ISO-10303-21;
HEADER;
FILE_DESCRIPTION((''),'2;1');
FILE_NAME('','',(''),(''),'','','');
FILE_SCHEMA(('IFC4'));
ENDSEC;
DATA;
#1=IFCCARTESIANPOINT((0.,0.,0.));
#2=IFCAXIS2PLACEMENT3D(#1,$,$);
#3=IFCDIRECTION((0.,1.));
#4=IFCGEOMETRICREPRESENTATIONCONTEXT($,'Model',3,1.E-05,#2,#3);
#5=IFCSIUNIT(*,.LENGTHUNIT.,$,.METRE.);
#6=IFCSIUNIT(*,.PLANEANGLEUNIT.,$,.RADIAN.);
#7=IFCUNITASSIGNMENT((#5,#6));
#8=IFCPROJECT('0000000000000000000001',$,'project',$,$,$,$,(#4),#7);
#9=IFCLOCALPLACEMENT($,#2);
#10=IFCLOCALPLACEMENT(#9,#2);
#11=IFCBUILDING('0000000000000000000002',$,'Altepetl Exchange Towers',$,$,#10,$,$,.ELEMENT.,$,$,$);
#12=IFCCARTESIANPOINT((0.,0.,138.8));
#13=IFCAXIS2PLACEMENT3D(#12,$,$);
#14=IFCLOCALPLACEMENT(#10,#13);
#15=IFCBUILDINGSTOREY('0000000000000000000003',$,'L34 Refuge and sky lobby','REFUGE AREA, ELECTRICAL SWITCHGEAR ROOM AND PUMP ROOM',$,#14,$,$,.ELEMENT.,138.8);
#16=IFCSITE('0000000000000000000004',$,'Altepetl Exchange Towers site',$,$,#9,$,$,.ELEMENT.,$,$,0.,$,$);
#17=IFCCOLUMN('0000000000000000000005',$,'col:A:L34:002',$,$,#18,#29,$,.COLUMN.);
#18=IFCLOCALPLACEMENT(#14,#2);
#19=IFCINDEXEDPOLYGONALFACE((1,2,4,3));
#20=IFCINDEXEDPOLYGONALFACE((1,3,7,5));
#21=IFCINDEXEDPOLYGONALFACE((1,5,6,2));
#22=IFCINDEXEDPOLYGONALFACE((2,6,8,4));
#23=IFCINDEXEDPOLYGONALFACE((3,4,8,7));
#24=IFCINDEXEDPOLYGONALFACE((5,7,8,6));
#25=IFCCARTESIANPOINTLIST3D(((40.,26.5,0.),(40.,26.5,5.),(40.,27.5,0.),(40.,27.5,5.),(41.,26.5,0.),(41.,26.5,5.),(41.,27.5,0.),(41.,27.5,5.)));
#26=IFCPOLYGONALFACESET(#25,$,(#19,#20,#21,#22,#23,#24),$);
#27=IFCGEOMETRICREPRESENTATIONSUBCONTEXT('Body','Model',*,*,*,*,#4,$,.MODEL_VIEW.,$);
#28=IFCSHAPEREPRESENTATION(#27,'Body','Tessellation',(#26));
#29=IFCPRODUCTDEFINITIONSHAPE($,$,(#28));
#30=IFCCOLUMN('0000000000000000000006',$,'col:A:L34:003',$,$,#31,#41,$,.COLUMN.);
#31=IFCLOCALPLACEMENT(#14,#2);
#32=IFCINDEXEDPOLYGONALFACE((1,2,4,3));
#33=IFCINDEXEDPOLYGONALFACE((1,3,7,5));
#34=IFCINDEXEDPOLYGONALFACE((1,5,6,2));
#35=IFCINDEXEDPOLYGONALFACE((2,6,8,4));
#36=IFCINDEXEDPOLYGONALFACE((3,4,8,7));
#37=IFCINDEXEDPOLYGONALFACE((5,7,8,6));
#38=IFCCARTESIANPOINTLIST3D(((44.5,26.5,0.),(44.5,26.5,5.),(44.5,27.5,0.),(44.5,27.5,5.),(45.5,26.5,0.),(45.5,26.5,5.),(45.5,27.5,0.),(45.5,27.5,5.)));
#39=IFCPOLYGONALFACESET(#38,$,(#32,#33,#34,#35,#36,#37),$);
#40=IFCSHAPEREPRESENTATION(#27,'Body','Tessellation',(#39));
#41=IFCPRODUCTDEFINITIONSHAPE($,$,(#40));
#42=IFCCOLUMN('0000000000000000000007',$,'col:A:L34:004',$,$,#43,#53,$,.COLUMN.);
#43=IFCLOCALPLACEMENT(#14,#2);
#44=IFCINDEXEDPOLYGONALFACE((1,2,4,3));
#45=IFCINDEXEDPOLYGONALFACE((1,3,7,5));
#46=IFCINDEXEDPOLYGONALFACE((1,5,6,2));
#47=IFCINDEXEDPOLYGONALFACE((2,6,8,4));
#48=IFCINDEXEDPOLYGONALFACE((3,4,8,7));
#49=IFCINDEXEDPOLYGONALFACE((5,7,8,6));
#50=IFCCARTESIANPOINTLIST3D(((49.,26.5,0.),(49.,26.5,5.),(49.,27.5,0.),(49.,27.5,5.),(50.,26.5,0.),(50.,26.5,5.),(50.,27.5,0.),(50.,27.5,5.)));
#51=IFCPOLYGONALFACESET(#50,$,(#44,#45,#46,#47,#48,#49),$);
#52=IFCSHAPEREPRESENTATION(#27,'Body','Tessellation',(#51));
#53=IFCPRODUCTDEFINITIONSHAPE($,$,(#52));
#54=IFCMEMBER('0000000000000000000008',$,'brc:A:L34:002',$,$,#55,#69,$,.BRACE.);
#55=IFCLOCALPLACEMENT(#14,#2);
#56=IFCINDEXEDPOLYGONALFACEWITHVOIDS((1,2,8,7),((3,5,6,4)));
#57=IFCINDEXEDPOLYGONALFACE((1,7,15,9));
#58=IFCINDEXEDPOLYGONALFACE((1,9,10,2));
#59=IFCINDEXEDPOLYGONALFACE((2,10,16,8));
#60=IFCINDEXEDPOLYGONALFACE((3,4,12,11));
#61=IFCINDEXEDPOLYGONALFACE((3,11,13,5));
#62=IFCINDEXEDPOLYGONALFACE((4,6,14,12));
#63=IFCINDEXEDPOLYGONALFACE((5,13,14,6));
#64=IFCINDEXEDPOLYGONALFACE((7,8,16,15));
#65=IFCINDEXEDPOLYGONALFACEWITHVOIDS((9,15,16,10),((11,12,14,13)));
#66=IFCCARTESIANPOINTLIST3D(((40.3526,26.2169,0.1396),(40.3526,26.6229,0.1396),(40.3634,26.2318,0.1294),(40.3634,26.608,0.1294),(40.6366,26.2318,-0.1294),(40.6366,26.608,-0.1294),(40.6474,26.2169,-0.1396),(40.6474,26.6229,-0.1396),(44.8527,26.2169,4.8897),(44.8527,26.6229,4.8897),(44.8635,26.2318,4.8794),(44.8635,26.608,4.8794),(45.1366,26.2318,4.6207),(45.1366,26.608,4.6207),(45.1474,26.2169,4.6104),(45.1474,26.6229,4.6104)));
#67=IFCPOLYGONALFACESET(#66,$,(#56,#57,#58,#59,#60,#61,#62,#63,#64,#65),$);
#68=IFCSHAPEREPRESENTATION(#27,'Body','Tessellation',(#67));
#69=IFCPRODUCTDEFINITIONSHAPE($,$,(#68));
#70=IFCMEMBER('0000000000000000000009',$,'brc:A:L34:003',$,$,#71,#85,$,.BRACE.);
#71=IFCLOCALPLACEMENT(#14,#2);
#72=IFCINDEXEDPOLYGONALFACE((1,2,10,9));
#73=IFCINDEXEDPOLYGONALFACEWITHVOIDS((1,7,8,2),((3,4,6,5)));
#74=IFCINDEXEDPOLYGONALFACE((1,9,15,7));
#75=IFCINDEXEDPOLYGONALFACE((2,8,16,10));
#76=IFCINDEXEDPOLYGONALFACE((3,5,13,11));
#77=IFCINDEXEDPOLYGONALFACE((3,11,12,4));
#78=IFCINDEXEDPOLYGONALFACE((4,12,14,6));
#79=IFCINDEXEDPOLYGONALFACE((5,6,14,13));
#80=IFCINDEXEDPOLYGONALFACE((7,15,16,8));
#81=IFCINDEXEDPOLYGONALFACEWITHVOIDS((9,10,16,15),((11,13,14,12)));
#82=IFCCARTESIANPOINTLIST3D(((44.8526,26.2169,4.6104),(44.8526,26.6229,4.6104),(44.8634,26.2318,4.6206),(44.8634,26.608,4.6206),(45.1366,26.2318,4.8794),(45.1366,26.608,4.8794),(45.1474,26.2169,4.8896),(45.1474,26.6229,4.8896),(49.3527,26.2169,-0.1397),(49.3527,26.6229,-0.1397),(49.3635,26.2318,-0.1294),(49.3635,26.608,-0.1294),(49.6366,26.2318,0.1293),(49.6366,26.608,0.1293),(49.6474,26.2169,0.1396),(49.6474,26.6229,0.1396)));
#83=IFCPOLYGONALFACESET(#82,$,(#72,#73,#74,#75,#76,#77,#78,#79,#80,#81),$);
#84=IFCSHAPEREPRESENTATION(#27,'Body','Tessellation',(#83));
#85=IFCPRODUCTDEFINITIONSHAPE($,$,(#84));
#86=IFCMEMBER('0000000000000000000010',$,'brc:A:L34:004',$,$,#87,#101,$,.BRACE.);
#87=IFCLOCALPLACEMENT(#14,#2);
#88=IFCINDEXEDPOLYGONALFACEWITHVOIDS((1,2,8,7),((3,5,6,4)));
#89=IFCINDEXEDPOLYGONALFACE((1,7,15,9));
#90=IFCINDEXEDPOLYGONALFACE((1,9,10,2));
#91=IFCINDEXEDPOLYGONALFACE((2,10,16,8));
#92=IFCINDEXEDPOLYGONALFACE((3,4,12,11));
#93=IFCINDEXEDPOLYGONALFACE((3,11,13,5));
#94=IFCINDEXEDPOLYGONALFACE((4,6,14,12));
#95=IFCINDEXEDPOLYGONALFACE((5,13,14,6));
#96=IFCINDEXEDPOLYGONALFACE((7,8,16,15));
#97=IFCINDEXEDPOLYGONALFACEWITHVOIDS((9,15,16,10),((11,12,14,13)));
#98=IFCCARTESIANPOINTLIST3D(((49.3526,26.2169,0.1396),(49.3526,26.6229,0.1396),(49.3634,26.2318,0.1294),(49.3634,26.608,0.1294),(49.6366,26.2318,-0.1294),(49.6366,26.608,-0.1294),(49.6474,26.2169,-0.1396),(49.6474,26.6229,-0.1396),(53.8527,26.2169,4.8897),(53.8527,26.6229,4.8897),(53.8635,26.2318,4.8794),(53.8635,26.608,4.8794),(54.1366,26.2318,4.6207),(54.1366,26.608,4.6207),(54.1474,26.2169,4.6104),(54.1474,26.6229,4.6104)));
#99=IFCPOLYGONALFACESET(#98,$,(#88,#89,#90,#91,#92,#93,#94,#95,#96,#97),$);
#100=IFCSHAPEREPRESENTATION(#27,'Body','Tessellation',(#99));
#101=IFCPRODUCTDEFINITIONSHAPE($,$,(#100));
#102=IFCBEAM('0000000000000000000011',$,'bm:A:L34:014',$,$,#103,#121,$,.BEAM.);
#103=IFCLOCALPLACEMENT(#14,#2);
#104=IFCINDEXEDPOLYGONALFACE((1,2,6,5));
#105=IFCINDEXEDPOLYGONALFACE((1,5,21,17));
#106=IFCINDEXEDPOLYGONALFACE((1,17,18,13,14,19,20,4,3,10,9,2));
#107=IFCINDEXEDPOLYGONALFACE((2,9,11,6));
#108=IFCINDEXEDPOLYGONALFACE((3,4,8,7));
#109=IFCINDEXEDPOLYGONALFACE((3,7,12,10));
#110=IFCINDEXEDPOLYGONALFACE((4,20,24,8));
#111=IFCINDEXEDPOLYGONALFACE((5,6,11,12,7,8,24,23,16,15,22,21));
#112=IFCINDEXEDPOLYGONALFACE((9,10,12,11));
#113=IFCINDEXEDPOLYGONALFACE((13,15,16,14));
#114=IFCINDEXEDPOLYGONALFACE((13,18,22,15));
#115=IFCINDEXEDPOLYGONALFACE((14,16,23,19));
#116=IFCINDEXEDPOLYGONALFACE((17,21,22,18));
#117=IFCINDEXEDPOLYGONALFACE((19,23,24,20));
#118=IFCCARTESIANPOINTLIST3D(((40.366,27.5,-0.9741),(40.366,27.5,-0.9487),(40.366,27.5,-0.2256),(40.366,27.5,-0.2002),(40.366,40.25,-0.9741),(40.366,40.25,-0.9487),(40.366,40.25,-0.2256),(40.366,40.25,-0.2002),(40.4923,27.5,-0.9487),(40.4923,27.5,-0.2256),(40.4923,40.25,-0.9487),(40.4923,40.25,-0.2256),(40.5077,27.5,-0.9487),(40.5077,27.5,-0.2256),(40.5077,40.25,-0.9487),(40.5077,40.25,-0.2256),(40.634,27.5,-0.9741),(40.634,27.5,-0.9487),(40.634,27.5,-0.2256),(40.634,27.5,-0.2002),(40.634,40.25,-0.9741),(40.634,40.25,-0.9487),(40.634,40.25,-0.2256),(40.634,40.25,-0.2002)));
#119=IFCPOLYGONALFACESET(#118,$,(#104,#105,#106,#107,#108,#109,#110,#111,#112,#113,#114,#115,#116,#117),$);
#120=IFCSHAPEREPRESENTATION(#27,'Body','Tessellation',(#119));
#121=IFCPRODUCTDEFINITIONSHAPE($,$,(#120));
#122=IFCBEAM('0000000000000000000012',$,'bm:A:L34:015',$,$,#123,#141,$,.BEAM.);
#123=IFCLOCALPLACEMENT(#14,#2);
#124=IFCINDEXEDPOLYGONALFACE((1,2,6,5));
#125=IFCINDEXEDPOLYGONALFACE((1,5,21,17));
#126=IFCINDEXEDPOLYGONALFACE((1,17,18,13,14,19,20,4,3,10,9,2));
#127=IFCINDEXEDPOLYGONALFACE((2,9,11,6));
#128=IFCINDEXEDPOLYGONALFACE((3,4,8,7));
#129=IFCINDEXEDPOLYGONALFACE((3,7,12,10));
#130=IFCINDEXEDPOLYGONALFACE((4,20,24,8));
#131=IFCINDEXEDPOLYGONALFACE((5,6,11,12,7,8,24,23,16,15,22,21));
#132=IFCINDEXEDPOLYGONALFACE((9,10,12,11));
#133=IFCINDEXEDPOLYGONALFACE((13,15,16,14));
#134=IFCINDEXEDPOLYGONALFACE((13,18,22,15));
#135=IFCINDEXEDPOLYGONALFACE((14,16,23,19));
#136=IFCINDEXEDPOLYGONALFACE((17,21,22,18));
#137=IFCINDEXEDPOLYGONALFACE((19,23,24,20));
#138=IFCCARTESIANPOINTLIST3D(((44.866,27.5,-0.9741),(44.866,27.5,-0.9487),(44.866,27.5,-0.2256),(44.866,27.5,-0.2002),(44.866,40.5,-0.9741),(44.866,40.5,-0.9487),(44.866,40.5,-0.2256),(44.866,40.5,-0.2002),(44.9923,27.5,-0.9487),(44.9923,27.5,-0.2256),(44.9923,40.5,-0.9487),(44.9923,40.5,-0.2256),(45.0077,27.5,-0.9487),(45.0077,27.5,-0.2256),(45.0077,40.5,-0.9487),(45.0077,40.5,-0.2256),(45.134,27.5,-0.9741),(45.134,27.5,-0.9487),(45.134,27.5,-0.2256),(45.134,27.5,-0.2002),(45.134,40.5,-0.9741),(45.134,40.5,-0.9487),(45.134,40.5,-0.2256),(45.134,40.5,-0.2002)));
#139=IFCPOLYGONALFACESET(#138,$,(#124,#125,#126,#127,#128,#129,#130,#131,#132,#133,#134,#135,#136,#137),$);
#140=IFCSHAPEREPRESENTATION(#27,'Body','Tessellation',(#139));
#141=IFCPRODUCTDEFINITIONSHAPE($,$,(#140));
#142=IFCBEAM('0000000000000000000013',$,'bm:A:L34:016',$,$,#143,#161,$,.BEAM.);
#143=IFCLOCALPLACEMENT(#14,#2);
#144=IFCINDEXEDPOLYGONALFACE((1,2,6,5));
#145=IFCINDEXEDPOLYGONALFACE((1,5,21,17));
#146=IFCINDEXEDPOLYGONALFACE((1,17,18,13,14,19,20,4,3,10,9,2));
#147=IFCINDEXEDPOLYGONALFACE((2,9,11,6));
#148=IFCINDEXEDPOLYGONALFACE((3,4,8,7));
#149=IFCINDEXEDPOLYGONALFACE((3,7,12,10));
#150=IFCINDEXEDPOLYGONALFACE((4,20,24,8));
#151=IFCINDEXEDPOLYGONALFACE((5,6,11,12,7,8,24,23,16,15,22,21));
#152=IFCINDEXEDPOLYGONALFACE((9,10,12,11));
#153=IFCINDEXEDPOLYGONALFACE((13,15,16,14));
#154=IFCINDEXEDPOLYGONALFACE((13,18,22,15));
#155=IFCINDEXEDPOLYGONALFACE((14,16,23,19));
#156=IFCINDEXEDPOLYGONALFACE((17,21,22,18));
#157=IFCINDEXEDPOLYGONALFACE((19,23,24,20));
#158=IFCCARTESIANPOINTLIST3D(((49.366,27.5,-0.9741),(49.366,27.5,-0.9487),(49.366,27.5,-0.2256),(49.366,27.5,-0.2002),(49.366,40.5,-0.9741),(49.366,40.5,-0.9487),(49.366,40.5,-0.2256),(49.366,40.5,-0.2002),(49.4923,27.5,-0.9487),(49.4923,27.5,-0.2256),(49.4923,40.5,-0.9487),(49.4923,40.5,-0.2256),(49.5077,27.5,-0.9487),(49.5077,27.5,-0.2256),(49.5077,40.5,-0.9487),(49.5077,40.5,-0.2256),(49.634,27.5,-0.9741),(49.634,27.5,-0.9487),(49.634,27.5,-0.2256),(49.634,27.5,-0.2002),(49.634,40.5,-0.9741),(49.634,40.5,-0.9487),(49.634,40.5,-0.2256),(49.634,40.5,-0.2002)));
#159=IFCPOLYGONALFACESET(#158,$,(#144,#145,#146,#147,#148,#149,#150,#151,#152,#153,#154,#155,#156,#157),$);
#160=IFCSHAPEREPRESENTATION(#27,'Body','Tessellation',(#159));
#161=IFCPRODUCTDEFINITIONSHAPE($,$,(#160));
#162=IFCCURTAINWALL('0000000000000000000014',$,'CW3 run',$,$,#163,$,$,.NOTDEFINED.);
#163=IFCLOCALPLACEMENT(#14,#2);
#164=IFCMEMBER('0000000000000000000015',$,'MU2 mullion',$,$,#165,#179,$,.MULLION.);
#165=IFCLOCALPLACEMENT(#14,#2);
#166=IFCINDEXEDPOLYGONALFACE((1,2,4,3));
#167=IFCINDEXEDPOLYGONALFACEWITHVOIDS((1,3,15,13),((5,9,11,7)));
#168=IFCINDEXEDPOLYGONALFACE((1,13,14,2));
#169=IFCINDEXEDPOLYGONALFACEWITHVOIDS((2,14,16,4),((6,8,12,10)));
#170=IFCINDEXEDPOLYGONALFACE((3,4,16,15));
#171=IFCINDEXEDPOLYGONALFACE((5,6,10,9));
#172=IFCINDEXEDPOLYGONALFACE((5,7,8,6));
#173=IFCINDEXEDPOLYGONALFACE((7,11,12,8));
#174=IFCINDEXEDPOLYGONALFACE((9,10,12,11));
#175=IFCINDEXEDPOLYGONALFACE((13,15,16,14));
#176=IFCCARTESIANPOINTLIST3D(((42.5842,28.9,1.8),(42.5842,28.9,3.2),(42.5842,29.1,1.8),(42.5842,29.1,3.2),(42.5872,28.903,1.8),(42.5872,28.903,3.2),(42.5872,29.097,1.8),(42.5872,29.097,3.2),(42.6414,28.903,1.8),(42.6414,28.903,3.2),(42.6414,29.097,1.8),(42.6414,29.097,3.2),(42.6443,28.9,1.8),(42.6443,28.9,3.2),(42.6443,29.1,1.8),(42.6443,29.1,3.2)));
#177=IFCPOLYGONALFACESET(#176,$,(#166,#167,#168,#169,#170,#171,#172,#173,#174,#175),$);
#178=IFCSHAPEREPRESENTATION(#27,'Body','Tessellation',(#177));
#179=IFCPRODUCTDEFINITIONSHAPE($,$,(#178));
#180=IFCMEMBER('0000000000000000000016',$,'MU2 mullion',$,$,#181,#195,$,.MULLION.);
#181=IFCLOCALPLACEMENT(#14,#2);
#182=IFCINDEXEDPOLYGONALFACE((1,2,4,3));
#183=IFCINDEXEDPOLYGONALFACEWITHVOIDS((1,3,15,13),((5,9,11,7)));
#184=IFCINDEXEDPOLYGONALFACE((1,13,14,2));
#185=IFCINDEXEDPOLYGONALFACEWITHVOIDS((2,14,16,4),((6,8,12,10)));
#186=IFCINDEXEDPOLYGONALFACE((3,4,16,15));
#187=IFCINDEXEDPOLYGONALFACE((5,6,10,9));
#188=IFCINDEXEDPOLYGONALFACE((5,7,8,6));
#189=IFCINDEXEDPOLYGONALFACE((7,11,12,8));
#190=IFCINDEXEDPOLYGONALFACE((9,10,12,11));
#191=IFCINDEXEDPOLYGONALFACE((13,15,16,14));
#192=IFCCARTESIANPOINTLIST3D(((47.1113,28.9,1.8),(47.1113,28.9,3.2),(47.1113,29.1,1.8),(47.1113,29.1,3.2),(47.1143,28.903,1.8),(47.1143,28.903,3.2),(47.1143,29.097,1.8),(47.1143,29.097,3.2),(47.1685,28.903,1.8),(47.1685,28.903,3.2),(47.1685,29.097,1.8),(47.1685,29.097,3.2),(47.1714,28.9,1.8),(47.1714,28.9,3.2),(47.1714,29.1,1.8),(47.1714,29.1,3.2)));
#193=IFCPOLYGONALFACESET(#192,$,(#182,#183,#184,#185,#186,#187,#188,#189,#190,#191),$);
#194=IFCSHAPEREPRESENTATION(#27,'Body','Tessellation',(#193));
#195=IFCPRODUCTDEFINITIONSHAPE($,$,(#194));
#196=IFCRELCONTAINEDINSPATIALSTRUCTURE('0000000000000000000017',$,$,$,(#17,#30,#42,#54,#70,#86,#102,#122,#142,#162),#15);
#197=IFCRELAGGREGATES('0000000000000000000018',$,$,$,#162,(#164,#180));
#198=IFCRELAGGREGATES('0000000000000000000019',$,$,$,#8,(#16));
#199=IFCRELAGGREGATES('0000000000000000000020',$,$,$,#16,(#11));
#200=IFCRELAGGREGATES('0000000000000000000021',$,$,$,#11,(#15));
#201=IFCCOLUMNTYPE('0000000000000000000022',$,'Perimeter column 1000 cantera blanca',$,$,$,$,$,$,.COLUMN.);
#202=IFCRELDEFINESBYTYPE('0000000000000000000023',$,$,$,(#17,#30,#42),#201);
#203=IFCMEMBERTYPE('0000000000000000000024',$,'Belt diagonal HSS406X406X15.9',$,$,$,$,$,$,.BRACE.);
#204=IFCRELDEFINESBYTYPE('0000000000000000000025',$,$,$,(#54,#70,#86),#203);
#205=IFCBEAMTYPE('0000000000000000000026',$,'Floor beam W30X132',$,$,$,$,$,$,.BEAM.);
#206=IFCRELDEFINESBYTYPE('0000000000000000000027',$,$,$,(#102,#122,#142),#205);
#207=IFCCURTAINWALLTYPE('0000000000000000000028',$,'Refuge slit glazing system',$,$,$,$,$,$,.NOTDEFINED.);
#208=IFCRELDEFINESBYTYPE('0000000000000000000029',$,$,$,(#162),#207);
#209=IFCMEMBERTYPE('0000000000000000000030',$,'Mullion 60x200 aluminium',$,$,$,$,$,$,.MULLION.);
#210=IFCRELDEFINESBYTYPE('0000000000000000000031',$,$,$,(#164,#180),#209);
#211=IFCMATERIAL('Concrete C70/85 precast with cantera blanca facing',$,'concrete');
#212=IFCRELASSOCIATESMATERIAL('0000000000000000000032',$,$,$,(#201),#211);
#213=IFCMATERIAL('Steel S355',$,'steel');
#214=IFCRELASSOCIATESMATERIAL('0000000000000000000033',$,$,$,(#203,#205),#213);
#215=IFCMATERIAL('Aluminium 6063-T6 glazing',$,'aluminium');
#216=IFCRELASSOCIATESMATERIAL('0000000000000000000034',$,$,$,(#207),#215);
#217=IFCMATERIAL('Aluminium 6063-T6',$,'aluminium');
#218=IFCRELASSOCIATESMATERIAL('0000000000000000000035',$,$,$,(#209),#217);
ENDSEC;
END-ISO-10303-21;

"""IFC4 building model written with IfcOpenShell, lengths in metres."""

from ifc_helpers import new_model, si_unit, direction, frame, origin, origin_2d, place, context, subcontext, project, spatial, rectangle, hollow_rectangle, i_section, extrude, material, material_profile, profile_set, type_object, element, aggregate, save


model = new_model("IFC4")

# Units and contexts
model_context = context("Model", 3, precision=1e-05, world=origin(), true_north=direction((0.0, 1.0)))
body_context = subcontext(model_context, "Body", "Model", "MODEL_VIEW")
ifc_project = project(units=[si_unit("LENGTHUNIT", "METRE"), si_unit("PLANEANGLEUNIT", "RADIAN")], contexts=[model_context])

# Site, building, storey
site_placement = place(None, origin())
site = spatial("IfcSite", under=ifc_project, at=site_placement, Name="Altepetl Exchange Towers site", CompositionType="ELEMENT", RefElevation=0.0)
building_placement = place(site_placement, origin())
building = spatial("IfcBuilding", under=site, at=building_placement, Name="Altepetl Exchange Towers", CompositionType="ELEMENT")
storey_placement = place(building_placement, frame((0.0, 0.0, 138.8)))
storey = spatial("IfcBuildingStorey", under=building, at=storey_placement, Name="L34 Refuge and sky lobby", Description="REFUGE AREA, ELECTRICAL SWITCHGEAR ROOM AND PUMP ROOM", CompositionType="ELEMENT", Elevation=138.8)

# Columns
ifc_material_1 = material(Name="Concrete C70/85 precast with cantera blanca facing", Category="concrete")
ifc_material_profile_1 = material_profile(ifc_material_1, rectangle(XDim=1.0, YDim=1.0, at=origin_2d()), Name="1000 x 1000")
ifc_profile_set_1 = profile_set([ifc_material_profile_1], Name="Concrete C70/85 precast with cantera blanca facing")
column_type = type_object("IfcColumnType", Name="Perimeter column 1000 cantera blanca", PredefinedType="COLUMN", material=ifc_profile_set_1)
for number, where, name in (
    (1, (40.5, 27.0, 0.0), "col:A:L34:002"),
    (2, (45.0, 27.0, 0.0), "col:A:L34:003"),
    (3, (49.5, 27.0, 0.0), "col:A:L34:004"),
):
    element("IfcColumn", number, at=place(storey_placement, frame(where)), inside=storey, type_object=column_type, Name=name, PredefinedType="COLUMN", context=body_context, shape_type="SweptSolid", body=[
        extrude(rectangle(XDim=1.0, YDim=1.0, at=origin_2d()), origin(), (0.0, 0.0, 1.0), 5.0),
    ])

# Members
ifc_material_2 = material(Name="Steel S355", Category="steel")
ifc_material_profile_2 = material_profile(ifc_material_2, hollow_rectangle(XDim=0.406, YDim=0.406, WallThickness=0.0149, at=origin_2d()), Name="HSS406X406X15.9")
ifc_profile_set_2 = profile_set([ifc_material_profile_2], Name="Steel S355")
member_type_1 = type_object("IfcMemberType", Name="Belt diagonal HSS406X406X15.9", PredefinedType="BRACE", material=ifc_profile_set_2)
for number, where, z_axis, x_axis, name in (
    (4, (40.5, 26.4199, 0.0), (0.687745, 0.0, 0.725953), (0.0, 1.0, 0.0), "brc:A:L34:002"),
    (5, (45.0, 26.4199, 4.75), (0.687745, 0.0, -0.725953), (0.0, 1.0, 0.0), "brc:A:L34:003"),
    (6, (49.5, 26.4199, 0.0), (0.687745, 0.0, 0.725953), (0.0, 1.0, 0.0), "brc:A:L34:004"),
):
    element("IfcMember", number, at=place(storey_placement, frame(where, z_axis=z_axis, x_axis=x_axis)), inside=storey, type_object=member_type_1, Name=name, PredefinedType="BRACE", context=body_context, shape_type="SweptSolid", body=[
        extrude(hollow_rectangle(XDim=0.406, YDim=0.406, WallThickness=0.0149, at=origin_2d()), origin(), (0.0, 0.0, 1.0), 6.5432),
    ])

# Beams
ifc_material_profile_3 = material_profile(ifc_material_2, i_section(OverallWidth=0.2681, OverallDepth=0.7739, WebThickness=0.0154, FlangeThickness=0.0254, at=origin_2d()), Name="W30X132")
ifc_profile_set_3 = profile_set([ifc_material_profile_3], Name="Steel S355")
beam_type_1 = type_object("IfcBeamType", Name="Floor beam W30X132", PredefinedType="BEAM", material=ifc_profile_set_3)
beam_placement = place(storey_placement, frame((40.5, 27.5, -0.5872), z_axis=(0.0, 1.0, 0.0), x_axis=(-1.0, 0.0, 0.0)))
element("IfcBeam", 7, at=beam_placement, inside=storey, type_object=beam_type_1, Name="bm:A:L34:014", PredefinedType="BEAM", context=body_context, shape_type="SweptSolid", body=[
    extrude(i_section(OverallWidth=0.2681, OverallDepth=0.7739, WebThickness=0.0154, FlangeThickness=0.0254, at=origin_2d()), origin(), (0.0, 0.0, 1.0), 12.75),
])
for number, where, z_axis, x_axis, name in (
    (8, (45.0, 27.5, -0.5872), (0.0, 1.0, 0.0), (-1.0, 0.0, 0.0), "bm:A:L34:015"),
    (9, (49.5, 27.5, -0.5872), (0.0, 1.0, 0.0), (-1.0, 0.0, 0.0), "bm:A:L34:016"),
):
    element("IfcBeam", number, at=place(storey_placement, frame(where, z_axis=z_axis, x_axis=x_axis)), inside=storey, type_object=beam_type_1, Name=name, PredefinedType="BEAM", context=body_context, shape_type="SweptSolid", body=[
        extrude(i_section(OverallWidth=0.2681, OverallDepth=0.7739, WebThickness=0.0154, FlangeThickness=0.0254, at=origin_2d()), origin(), (0.0, 0.0, 1.0), 13.0),
    ])

# Curtain wall, members
ifc_material_3 = material(Name="Aluminium 6063-T6 glazing", Category="aluminium")
curtain_wall_type = type_object("IfcCurtainWallType", Name="Refuge slit glazing system", PredefinedType="NOTDEFINED", material=ifc_material_3)
curtain_wall_1_placement = place(storey_placement, origin())
curtain_wall_1 = element("IfcCurtainWall", 10, at=curtain_wall_1_placement, inside=storey, type_object=curtain_wall_type, Name="CW3 run", PredefinedType="NOTDEFINED")
ifc_material_4 = material(Name="Aluminium 6063-T6", Category="aluminium")
ifc_material_profile_4 = material_profile(ifc_material_4, hollow_rectangle(XDim=0.0601, YDim=0.2, WallThickness=0.0029, at=origin_2d()), Name="Mullion 60x200 aluminium")
ifc_profile_set_4 = profile_set([ifc_material_profile_4], Name="Aluminium 6063-T6")
member_type_2 = type_object("IfcMemberType", Name="Mullion 60x200 aluminium", PredefinedType="MULLION", material=ifc_profile_set_4)
member_1_placement = place(storey_placement, frame((42.6143, 29.0, 1.8)))
member_1 = element("IfcMember", 11, at=member_1_placement, type_object=member_type_2, Name="MU2 mullion", PredefinedType="MULLION", context=body_context, shape_type="SweptSolid", body=[
    extrude(hollow_rectangle(XDim=0.0601, YDim=0.2, WallThickness=0.0029, at=origin_2d()), origin(), (0.0, 0.0, 1.0), 1.3999),
])
member_2_placement = place(storey_placement, frame((47.1414, 29.0, 1.8)))
member_2 = element("IfcMember", 12, at=member_2_placement, type_object=member_type_2, Name="MU2 mullion", PredefinedType="MULLION", context=body_context, shape_type="SweptSolid", body=[
    extrude(hollow_rectangle(XDim=0.0601, YDim=0.2, WallThickness=0.0029, at=origin_2d()), origin(), (0.0, 0.0, 1.0), 1.3999),
])

aggregate(curtain_wall_1, [member_1, member_2])

save(model, "model.ifc")
